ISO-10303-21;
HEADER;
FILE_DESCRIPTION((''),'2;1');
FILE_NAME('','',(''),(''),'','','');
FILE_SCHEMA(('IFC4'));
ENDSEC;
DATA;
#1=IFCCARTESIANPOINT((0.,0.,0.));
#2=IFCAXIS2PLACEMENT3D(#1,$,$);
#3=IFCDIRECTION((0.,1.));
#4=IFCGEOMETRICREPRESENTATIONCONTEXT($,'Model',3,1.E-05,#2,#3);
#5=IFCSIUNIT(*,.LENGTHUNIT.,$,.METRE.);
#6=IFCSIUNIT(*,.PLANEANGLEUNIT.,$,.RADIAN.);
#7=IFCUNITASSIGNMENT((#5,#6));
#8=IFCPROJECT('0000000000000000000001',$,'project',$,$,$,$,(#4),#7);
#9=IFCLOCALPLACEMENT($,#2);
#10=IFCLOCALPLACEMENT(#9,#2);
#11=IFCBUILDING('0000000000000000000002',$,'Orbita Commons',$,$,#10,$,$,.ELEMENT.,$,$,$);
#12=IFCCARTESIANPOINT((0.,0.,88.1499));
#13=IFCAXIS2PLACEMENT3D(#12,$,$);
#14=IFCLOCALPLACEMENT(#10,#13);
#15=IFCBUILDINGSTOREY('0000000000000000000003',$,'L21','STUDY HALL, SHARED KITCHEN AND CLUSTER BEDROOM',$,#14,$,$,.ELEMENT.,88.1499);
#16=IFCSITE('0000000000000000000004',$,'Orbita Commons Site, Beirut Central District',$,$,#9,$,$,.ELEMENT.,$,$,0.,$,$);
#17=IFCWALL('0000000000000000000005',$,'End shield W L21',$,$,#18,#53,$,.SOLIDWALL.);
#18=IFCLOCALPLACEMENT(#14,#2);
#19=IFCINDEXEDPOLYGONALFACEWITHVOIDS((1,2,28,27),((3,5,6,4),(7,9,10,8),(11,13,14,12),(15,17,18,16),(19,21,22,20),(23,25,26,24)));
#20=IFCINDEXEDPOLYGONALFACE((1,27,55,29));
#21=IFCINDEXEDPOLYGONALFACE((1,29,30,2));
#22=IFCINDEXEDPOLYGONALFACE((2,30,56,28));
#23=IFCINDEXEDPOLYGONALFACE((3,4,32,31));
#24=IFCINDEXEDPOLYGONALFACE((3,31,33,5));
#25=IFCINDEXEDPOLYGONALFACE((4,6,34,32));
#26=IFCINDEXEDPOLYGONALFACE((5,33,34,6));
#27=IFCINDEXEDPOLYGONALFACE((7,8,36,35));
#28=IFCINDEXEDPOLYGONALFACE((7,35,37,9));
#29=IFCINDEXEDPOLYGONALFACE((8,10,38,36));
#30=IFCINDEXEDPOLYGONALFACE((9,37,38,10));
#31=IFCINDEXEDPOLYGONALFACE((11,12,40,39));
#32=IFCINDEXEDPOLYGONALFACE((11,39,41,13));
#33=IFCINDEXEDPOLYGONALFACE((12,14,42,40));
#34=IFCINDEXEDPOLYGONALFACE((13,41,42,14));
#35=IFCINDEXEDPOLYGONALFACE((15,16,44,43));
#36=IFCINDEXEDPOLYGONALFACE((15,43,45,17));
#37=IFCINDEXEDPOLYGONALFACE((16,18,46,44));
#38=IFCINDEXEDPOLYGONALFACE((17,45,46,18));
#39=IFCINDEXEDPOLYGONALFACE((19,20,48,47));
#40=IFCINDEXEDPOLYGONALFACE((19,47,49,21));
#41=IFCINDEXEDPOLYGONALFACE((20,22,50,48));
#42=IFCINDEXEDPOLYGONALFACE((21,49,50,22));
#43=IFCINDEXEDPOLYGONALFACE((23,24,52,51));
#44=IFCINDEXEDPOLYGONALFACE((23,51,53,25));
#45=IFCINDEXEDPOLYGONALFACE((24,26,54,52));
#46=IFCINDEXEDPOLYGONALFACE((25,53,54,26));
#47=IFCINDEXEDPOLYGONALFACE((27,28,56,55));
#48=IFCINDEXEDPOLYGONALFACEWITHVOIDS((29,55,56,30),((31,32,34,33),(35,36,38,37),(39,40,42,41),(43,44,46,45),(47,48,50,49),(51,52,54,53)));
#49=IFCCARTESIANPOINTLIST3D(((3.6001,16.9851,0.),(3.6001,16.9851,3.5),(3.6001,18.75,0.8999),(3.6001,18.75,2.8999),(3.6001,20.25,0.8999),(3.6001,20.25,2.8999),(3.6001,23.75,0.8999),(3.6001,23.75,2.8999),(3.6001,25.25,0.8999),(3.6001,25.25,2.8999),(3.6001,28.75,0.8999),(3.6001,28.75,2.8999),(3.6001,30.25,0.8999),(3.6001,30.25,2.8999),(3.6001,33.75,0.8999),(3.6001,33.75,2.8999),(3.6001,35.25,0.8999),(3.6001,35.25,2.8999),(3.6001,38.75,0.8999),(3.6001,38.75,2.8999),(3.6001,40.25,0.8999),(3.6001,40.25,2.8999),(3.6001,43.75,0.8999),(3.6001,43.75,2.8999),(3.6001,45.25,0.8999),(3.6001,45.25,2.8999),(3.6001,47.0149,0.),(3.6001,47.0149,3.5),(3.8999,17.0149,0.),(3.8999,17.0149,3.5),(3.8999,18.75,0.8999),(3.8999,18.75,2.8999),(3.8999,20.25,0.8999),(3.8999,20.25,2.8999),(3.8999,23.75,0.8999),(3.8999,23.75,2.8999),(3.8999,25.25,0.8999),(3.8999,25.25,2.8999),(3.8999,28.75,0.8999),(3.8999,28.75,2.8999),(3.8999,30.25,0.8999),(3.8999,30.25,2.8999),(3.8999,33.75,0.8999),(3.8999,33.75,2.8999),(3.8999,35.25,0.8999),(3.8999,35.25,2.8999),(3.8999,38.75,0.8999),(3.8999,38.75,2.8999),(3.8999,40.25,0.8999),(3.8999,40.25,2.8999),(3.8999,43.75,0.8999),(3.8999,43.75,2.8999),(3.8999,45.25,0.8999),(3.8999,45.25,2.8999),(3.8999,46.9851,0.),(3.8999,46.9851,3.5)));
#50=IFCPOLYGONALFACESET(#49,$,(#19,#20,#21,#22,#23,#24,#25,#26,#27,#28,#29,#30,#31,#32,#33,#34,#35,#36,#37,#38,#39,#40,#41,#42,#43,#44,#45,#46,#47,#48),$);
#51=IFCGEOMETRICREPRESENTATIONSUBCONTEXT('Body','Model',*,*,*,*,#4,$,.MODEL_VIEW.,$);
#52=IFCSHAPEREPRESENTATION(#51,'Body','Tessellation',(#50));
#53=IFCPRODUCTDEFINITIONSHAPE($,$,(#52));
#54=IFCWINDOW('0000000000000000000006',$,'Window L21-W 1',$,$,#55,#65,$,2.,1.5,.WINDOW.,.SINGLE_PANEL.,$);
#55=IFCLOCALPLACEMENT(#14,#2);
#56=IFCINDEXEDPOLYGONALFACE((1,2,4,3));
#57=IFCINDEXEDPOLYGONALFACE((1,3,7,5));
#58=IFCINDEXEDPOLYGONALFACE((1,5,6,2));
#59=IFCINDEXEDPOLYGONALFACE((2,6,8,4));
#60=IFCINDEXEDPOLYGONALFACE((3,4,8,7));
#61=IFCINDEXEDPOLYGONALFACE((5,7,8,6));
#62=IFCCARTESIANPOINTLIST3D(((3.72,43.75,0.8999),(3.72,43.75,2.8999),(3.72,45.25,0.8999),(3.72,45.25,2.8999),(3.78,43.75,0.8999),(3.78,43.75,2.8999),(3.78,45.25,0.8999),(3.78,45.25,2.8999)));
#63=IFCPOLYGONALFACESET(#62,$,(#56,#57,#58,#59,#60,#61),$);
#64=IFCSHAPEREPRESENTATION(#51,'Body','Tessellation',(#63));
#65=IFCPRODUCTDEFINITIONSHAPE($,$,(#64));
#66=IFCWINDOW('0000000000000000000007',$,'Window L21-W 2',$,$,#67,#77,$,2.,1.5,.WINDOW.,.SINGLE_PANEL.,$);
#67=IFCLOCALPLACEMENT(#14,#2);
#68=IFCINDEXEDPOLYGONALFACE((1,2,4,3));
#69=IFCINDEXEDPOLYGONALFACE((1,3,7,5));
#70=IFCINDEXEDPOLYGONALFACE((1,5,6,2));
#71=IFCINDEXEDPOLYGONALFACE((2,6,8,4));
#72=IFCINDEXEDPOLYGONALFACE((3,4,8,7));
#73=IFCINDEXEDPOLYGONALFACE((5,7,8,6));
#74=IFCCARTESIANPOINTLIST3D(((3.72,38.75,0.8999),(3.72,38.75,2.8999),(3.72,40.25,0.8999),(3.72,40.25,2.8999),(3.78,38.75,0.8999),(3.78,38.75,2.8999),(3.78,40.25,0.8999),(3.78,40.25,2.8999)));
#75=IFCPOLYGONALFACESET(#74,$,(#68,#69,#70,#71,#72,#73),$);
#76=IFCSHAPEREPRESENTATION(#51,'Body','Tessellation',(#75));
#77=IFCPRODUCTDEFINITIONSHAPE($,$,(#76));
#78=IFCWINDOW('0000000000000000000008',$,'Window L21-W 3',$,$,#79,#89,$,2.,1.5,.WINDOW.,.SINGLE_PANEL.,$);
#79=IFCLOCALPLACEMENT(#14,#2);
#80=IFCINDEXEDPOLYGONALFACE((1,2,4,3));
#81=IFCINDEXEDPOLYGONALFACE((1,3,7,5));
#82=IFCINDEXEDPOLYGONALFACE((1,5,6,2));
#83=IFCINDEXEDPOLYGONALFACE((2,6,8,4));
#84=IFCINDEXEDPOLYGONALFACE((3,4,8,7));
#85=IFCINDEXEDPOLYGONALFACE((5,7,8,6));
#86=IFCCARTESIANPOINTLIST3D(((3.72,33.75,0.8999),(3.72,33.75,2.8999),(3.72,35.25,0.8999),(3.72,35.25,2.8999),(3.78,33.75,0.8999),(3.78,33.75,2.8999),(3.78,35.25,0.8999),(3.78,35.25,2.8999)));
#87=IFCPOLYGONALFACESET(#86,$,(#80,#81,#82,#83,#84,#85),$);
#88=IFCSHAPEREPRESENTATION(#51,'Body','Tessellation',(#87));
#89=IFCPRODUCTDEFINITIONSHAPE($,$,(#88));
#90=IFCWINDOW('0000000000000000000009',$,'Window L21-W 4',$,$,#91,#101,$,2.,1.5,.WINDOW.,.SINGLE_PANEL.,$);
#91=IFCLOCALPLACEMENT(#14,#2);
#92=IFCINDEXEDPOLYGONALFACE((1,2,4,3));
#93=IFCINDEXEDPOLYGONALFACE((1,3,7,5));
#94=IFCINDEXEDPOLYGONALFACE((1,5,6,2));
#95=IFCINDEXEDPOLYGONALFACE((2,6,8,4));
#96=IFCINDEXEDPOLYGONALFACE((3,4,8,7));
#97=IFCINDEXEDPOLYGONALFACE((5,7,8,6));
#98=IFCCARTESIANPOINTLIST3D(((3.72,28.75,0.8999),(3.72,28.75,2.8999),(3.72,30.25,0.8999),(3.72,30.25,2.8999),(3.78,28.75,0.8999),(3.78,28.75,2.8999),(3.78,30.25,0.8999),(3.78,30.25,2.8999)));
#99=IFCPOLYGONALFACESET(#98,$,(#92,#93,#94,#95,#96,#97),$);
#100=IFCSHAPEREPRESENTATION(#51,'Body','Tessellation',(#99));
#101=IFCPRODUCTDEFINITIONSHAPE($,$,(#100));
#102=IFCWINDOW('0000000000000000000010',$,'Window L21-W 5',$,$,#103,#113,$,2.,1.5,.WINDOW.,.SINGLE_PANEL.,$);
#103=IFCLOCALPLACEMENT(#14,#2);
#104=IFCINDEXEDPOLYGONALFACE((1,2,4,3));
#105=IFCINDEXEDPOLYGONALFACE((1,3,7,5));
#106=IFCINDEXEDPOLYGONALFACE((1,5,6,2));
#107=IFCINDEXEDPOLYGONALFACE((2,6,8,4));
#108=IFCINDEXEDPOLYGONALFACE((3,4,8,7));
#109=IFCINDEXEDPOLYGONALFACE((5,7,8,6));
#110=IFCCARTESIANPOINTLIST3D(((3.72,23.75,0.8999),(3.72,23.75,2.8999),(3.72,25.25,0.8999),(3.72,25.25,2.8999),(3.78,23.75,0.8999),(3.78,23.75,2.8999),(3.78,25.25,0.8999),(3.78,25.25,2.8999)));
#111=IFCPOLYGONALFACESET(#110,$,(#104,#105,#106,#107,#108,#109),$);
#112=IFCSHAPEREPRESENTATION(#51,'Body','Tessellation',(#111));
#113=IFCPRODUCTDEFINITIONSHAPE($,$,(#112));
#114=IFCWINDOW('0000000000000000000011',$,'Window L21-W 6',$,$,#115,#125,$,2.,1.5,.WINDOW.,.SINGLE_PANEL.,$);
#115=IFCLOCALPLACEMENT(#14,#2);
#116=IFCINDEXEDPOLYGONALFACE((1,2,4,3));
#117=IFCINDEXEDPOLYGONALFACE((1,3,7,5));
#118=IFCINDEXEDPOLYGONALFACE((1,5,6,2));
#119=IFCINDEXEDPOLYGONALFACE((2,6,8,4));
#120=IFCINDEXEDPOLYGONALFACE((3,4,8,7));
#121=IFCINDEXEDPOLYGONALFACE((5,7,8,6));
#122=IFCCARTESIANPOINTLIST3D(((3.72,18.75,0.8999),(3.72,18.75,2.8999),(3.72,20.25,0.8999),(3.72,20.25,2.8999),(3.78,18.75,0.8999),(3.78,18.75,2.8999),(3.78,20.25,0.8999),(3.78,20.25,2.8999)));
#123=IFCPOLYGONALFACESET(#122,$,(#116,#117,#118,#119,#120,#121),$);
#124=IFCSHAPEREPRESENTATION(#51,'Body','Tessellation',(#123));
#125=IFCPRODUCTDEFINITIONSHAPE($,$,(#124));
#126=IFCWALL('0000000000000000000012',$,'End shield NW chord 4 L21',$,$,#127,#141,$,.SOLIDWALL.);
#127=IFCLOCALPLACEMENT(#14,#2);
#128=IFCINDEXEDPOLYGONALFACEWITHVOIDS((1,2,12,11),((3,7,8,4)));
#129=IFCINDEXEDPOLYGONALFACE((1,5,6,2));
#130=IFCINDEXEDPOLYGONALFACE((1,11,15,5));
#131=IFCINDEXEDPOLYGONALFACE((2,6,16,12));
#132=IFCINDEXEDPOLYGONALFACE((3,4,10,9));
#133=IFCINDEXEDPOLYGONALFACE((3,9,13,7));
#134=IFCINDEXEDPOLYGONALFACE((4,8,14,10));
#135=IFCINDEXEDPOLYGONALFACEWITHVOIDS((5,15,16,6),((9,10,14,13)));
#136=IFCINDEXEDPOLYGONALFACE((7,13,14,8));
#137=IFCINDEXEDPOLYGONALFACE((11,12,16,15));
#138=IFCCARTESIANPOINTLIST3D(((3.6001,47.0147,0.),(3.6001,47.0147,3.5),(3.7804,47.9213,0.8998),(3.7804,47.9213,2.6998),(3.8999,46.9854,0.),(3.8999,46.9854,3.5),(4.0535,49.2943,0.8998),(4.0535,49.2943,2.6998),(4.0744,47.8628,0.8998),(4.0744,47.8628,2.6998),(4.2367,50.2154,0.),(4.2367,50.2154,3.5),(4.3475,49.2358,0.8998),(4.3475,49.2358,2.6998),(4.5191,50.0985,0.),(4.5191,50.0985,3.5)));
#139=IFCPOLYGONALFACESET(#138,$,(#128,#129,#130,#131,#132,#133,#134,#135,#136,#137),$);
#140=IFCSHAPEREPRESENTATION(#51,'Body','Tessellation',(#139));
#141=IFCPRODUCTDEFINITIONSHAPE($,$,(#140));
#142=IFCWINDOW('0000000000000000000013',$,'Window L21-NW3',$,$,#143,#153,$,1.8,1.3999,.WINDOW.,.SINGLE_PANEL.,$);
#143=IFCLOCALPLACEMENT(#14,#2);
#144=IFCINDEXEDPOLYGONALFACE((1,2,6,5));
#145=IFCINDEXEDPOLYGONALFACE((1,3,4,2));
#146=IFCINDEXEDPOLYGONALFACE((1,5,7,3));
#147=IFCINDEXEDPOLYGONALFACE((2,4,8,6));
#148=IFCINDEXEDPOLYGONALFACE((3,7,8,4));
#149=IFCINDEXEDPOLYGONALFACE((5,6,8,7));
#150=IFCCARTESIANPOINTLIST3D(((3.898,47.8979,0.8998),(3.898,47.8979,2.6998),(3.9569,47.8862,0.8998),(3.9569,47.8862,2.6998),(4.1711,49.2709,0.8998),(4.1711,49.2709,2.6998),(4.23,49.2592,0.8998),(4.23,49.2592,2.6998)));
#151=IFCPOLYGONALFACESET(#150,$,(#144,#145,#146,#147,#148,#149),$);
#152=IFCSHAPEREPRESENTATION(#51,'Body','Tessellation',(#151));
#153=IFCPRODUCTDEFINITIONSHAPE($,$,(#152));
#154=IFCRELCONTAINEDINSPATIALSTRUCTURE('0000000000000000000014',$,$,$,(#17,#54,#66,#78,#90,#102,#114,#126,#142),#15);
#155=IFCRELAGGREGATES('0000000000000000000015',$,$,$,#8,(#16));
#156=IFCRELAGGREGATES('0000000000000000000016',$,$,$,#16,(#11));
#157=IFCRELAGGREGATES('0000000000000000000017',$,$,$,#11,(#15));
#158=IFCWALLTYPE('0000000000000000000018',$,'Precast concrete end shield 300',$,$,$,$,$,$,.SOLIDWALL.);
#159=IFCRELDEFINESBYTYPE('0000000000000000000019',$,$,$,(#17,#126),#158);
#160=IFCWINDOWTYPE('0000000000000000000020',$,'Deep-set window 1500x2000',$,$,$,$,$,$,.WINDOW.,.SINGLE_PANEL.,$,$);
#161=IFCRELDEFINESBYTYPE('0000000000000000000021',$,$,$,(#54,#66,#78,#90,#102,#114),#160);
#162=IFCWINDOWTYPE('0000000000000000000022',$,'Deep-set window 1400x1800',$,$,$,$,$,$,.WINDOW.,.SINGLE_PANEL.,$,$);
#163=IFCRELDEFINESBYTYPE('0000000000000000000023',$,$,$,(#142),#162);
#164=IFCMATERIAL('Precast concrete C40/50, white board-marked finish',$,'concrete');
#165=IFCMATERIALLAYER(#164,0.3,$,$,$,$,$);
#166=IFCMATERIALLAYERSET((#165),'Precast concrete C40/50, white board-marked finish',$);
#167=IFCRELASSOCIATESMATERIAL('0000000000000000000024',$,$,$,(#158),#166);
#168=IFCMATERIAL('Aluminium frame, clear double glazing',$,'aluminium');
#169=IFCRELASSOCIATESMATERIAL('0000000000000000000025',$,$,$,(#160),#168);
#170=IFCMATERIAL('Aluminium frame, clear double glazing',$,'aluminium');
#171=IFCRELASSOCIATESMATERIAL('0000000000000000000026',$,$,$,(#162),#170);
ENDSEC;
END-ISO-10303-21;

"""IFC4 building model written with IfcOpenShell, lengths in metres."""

from ifc_helpers import new_model, si_unit, direction, frame, frame_2d, origin, place, context, subcontext, project, spatial, polyline, rectangle, outline, extrude, material, layer, layer_set, type_object, element, fill, save


model = new_model("IFC4")

# Units and contexts
model_context = context("Model", 3, precision=1e-05, world=origin(), true_north=direction((0.0, 1.0)))
body_context = subcontext(model_context, "Body", "Model", "MODEL_VIEW")
ifc_project = project(units=[si_unit("LENGTHUNIT", "METRE"), si_unit("PLANEANGLEUNIT", "RADIAN")], contexts=[model_context])

# Site, building, storey
site_placement = place(None, origin())
site = spatial("IfcSite", under=ifc_project, at=site_placement, Name="Orbita Commons Site, Beirut Central District", CompositionType="ELEMENT", RefElevation=0.0)
building_placement = place(site_placement, origin())
building = spatial("IfcBuilding", under=site, at=building_placement, Name="Orbita Commons", CompositionType="ELEMENT")
storey_placement = place(building_placement, frame((0.0, 0.0, 88.1499)))
storey = spatial("IfcBuildingStorey", under=building, at=storey_placement, Name="L21", Description="STUDY HALL, SHARED KITCHEN AND CLUSTER BEDROOM", CompositionType="ELEMENT", Elevation=88.1499)

# Wall, openings, windows
ifc_material_1 = material(Name="Precast concrete C40/50, white board-marked finish", Category="concrete")
ifc_layer_1 = layer(ifc_material_1, 0.3)
ifc_layer_set_1 = layer_set([ifc_layer_1], Name="Precast concrete C40/50, white board-marked finish")
wall_type_1 = type_object("IfcWallType", Name="Precast concrete end shield 300", PredefinedType="SOLIDWALL", material=ifc_layer_set_1)
wall_1_placement = place(storey_placement, frame((3.75, 47.0, 0.0), z_axis=(0.0, 0.0, 1.0), x_axis=(0.0, -1.0, 0.0)))
wall_1 = element("IfcWall", 1, at=wall_1_placement, inside=storey, type_object=wall_type_1, Name="End shield W L21", PredefinedType="SOLIDWALL", context=body_context, shape_type="SweptSolid", body=[
    extrude(outline(polyline([(-0.0149, -0.1499), (30.0149, -0.1499), (29.9851, 0.1499), (0.0149, 0.1499), (-0.0149, -0.1499)])), origin(), (0.0, 0.0, 1.0), 3.5),
])
opening_1_placement = place(wall_1_placement, frame((1.75, 0.0, 0.8999)))
opening_1 = element("IfcOpeningElement", 2, at=opening_1_placement, cuts=wall_1, PredefinedType="OPENING", context=body_context, shape_type="SweptSolid", body=[
    extrude(rectangle(XDim=1.5, YDim=2.0, at=frame_2d((0.75, 1.0))), frame((0.0, 0.1599, 0.0), z_axis=(0.0, -1.0, 0.0), x_axis=(1.0, 0.0, 0.0)), (0.0, 0.0, 1.0), 0.3201),
])
opening_2_placement = place(wall_1_placement, frame((6.75, 0.0, 0.8999)))
opening_2 = element("IfcOpeningElement", 3, at=opening_2_placement, cuts=wall_1, PredefinedType="OPENING", context=body_context, shape_type="SweptSolid", body=[
    extrude(rectangle(XDim=1.5, YDim=2.0, at=frame_2d((0.75, 1.0))), frame((0.0, 0.1599, 0.0), z_axis=(0.0, -1.0, 0.0), x_axis=(1.0, 0.0, 0.0)), (0.0, 0.0, 1.0), 0.3201),
])
opening_3_placement = place(wall_1_placement, frame((11.75, 0.0, 0.8999)))
opening_3 = element("IfcOpeningElement", 4, at=opening_3_placement, cuts=wall_1, PredefinedType="OPENING", context=body_context, shape_type="SweptSolid", body=[
    extrude(rectangle(XDim=1.5, YDim=2.0, at=frame_2d((0.75, 1.0))), frame((0.0, 0.1599, 0.0), z_axis=(0.0, -1.0, 0.0), x_axis=(1.0, 0.0, 0.0)), (0.0, 0.0, 1.0), 0.3201),
])
opening_4_placement = place(wall_1_placement, frame((16.75, 0.0, 0.8999)))
opening_4 = element("IfcOpeningElement", 5, at=opening_4_placement, cuts=wall_1, PredefinedType="OPENING", context=body_context, shape_type="SweptSolid", body=[
    extrude(rectangle(XDim=1.5, YDim=2.0, at=frame_2d((0.75, 1.0))), frame((0.0, 0.1599, 0.0), z_axis=(0.0, -1.0, 0.0), x_axis=(1.0, 0.0, 0.0)), (0.0, 0.0, 1.0), 0.3201),
])
opening_5_placement = place(wall_1_placement, frame((21.75, 0.0, 0.8999)))
opening_5 = element("IfcOpeningElement", 6, at=opening_5_placement, cuts=wall_1, PredefinedType="OPENING", context=body_context, shape_type="SweptSolid", body=[
    extrude(rectangle(XDim=1.5, YDim=2.0, at=frame_2d((0.75, 1.0))), frame((0.0, 0.1599, 0.0), z_axis=(0.0, -1.0, 0.0), x_axis=(1.0, 0.0, 0.0)), (0.0, 0.0, 1.0), 0.3201),
])
opening_6_placement = place(wall_1_placement, frame((26.75, 0.0, 0.8999)))
opening_6 = element("IfcOpeningElement", 7, at=opening_6_placement, cuts=wall_1, PredefinedType="OPENING", context=body_context, shape_type="SweptSolid", body=[
    extrude(rectangle(XDim=1.5, YDim=2.0, at=frame_2d((0.75, 1.0))), frame((0.0, 0.1599, 0.0), z_axis=(0.0, -1.0, 0.0), x_axis=(1.0, 0.0, 0.0)), (0.0, 0.0, 1.0), 0.3201),
])
ifc_material_2 = material(Name="Aluminium frame, clear double glazing", Category="aluminium")
window_type_1 = type_object("IfcWindowType", Name="Deep-set window 1500x2000", PartitioningType="SINGLE_PANEL", PredefinedType="WINDOW", material=ifc_material_2)
window_1_placement = place(opening_1_placement, origin())
window_1 = element("IfcWindow", 8, at=window_1_placement, inside=storey, type_object=window_type_1, Name="Window L21-W 1", OverallHeight=2.0, OverallWidth=1.5, PartitioningType="SINGLE_PANEL", PredefinedType="WINDOW", context=body_context, shape_type="SweptSolid", body=[
    extrude(rectangle(XDim=1.5, YDim=2.0, at=frame_2d((0.75, 1.0))), frame((0.0, 0.03, 0.0), z_axis=(0.0, -1.0, 0.0), x_axis=(1.0, 0.0, 0.0)), (0.0, 0.0, 1.0), 0.0601),
])
fill(opening_1, window_1)
window_2_placement = place(opening_2_placement, origin())
window_2 = element("IfcWindow", 9, at=window_2_placement, inside=storey, type_object=window_type_1, Name="Window L21-W 2", OverallHeight=2.0, OverallWidth=1.5, PartitioningType="SINGLE_PANEL", PredefinedType="WINDOW", context=body_context, shape_type="SweptSolid", body=[
    extrude(rectangle(XDim=1.5, YDim=2.0, at=frame_2d((0.75, 1.0))), frame((0.0, 0.03, 0.0), z_axis=(0.0, -1.0, 0.0), x_axis=(1.0, 0.0, 0.0)), (0.0, 0.0, 1.0), 0.0601),
])
fill(opening_2, window_2)
window_3_placement = place(opening_3_placement, origin())
window_3 = element("IfcWindow", 10, at=window_3_placement, inside=storey, type_object=window_type_1, Name="Window L21-W 3", OverallHeight=2.0, OverallWidth=1.5, PartitioningType="SINGLE_PANEL", PredefinedType="WINDOW", context=body_context, shape_type="SweptSolid", body=[
    extrude(rectangle(XDim=1.5, YDim=2.0, at=frame_2d((0.75, 1.0))), frame((0.0, 0.03, 0.0), z_axis=(0.0, -1.0, 0.0), x_axis=(1.0, 0.0, 0.0)), (0.0, 0.0, 1.0), 0.0601),
])
fill(opening_3, window_3)
window_4_placement = place(opening_4_placement, origin())
window_4 = element("IfcWindow", 11, at=window_4_placement, inside=storey, type_object=window_type_1, Name="Window L21-W 4", OverallHeight=2.0, OverallWidth=1.5, PartitioningType="SINGLE_PANEL", PredefinedType="WINDOW", context=body_context, shape_type="SweptSolid", body=[
    extrude(rectangle(XDim=1.5, YDim=2.0, at=frame_2d((0.75, 1.0))), frame((0.0, 0.03, 0.0), z_axis=(0.0, -1.0, 0.0), x_axis=(1.0, 0.0, 0.0)), (0.0, 0.0, 1.0), 0.0601),
])
fill(opening_4, window_4)
window_5_placement = place(opening_5_placement, origin())
window_5 = element("IfcWindow", 12, at=window_5_placement, inside=storey, type_object=window_type_1, Name="Window L21-W 5", OverallHeight=2.0, OverallWidth=1.5, PartitioningType="SINGLE_PANEL", PredefinedType="WINDOW", context=body_context, shape_type="SweptSolid", body=[
    extrude(rectangle(XDim=1.5, YDim=2.0, at=frame_2d((0.75, 1.0))), frame((0.0, 0.03, 0.0), z_axis=(0.0, -1.0, 0.0), x_axis=(1.0, 0.0, 0.0)), (0.0, 0.0, 1.0), 0.0601),
])
fill(opening_5, window_5)
window_6_placement = place(opening_6_placement, origin())
window_6 = element("IfcWindow", 13, at=window_6_placement, inside=storey, type_object=window_type_1, Name="Window L21-W 6", OverallHeight=2.0, OverallWidth=1.5, PartitioningType="SINGLE_PANEL", PredefinedType="WINDOW", context=body_context, shape_type="SweptSolid", body=[
    extrude(rectangle(XDim=1.5, YDim=2.0, at=frame_2d((0.75, 1.0))), frame((0.0, 0.03, 0.0), z_axis=(0.0, -1.0, 0.0), x_axis=(1.0, 0.0, 0.0)), (0.0, 0.0, 1.0), 0.0601),
])
fill(opening_6, window_6)

# Wall, opening, window
wall_2_placement = place(storey_placement, frame((4.3779, 50.157, 0.0), z_axis=(0.0, 0.0, 1.0), x_axis=(-0.19508, -0.980787, 0.0)))
wall_2 = element("IfcWall", 14, at=wall_2_placement, inside=storey, type_object=wall_type_1, Name="End shield NW chord 4 L21", PredefinedType="SOLIDWALL", context=body_context, shape_type="SweptSolid", body=[
    extrude(outline(polyline([(-0.0298, -0.1499), (3.2336, -0.1499), (3.2039, 0.1499), (0.0298, 0.1499), (-0.0298, -0.1499)])), origin(), (0.0, 0.0, 1.0), 3.5),
])
opening_7_placement = place(wall_2_placement, frame((0.9094, 0.0, 0.8999)))
opening_7 = element("IfcOpeningElement", 15, at=opening_7_placement, cuts=wall_2, PredefinedType="OPENING", context=body_context, shape_type="SweptSolid", body=[
    extrude(rectangle(XDim=1.3999, YDim=1.8, at=frame_2d((0.7, 0.8999))), frame((0.0, 0.1599, 0.0), z_axis=(0.0, -1.0, 0.0), x_axis=(1.0, 0.0, 0.0)), (0.0, 0.0, 1.0), 0.3201),
])
ifc_material_3 = material(Name="Aluminium frame, clear double glazing", Category="aluminium")
window_type_2 = type_object("IfcWindowType", Name="Deep-set window 1400x1800", PartitioningType="SINGLE_PANEL", PredefinedType="WINDOW", material=ifc_material_3)
window_7_placement = place(opening_7_placement, origin())
window_7 = element("IfcWindow", 16, at=window_7_placement, inside=storey, type_object=window_type_2, Name="Window L21-NW3", OverallHeight=1.8, OverallWidth=1.3999, PartitioningType="SINGLE_PANEL", PredefinedType="WINDOW", context=body_context, shape_type="SweptSolid", body=[
    extrude(rectangle(XDim=1.3999, YDim=1.8, at=frame_2d((0.7, 0.8999))), frame((0.0, 0.03, 0.0), z_axis=(0.0, -1.0, 0.0), x_axis=(1.0, 0.0, 0.0)), (0.0, 0.0, 1.0), 0.0601),
])
fill(opening_7, window_7)

save(model, "model.ifc")
